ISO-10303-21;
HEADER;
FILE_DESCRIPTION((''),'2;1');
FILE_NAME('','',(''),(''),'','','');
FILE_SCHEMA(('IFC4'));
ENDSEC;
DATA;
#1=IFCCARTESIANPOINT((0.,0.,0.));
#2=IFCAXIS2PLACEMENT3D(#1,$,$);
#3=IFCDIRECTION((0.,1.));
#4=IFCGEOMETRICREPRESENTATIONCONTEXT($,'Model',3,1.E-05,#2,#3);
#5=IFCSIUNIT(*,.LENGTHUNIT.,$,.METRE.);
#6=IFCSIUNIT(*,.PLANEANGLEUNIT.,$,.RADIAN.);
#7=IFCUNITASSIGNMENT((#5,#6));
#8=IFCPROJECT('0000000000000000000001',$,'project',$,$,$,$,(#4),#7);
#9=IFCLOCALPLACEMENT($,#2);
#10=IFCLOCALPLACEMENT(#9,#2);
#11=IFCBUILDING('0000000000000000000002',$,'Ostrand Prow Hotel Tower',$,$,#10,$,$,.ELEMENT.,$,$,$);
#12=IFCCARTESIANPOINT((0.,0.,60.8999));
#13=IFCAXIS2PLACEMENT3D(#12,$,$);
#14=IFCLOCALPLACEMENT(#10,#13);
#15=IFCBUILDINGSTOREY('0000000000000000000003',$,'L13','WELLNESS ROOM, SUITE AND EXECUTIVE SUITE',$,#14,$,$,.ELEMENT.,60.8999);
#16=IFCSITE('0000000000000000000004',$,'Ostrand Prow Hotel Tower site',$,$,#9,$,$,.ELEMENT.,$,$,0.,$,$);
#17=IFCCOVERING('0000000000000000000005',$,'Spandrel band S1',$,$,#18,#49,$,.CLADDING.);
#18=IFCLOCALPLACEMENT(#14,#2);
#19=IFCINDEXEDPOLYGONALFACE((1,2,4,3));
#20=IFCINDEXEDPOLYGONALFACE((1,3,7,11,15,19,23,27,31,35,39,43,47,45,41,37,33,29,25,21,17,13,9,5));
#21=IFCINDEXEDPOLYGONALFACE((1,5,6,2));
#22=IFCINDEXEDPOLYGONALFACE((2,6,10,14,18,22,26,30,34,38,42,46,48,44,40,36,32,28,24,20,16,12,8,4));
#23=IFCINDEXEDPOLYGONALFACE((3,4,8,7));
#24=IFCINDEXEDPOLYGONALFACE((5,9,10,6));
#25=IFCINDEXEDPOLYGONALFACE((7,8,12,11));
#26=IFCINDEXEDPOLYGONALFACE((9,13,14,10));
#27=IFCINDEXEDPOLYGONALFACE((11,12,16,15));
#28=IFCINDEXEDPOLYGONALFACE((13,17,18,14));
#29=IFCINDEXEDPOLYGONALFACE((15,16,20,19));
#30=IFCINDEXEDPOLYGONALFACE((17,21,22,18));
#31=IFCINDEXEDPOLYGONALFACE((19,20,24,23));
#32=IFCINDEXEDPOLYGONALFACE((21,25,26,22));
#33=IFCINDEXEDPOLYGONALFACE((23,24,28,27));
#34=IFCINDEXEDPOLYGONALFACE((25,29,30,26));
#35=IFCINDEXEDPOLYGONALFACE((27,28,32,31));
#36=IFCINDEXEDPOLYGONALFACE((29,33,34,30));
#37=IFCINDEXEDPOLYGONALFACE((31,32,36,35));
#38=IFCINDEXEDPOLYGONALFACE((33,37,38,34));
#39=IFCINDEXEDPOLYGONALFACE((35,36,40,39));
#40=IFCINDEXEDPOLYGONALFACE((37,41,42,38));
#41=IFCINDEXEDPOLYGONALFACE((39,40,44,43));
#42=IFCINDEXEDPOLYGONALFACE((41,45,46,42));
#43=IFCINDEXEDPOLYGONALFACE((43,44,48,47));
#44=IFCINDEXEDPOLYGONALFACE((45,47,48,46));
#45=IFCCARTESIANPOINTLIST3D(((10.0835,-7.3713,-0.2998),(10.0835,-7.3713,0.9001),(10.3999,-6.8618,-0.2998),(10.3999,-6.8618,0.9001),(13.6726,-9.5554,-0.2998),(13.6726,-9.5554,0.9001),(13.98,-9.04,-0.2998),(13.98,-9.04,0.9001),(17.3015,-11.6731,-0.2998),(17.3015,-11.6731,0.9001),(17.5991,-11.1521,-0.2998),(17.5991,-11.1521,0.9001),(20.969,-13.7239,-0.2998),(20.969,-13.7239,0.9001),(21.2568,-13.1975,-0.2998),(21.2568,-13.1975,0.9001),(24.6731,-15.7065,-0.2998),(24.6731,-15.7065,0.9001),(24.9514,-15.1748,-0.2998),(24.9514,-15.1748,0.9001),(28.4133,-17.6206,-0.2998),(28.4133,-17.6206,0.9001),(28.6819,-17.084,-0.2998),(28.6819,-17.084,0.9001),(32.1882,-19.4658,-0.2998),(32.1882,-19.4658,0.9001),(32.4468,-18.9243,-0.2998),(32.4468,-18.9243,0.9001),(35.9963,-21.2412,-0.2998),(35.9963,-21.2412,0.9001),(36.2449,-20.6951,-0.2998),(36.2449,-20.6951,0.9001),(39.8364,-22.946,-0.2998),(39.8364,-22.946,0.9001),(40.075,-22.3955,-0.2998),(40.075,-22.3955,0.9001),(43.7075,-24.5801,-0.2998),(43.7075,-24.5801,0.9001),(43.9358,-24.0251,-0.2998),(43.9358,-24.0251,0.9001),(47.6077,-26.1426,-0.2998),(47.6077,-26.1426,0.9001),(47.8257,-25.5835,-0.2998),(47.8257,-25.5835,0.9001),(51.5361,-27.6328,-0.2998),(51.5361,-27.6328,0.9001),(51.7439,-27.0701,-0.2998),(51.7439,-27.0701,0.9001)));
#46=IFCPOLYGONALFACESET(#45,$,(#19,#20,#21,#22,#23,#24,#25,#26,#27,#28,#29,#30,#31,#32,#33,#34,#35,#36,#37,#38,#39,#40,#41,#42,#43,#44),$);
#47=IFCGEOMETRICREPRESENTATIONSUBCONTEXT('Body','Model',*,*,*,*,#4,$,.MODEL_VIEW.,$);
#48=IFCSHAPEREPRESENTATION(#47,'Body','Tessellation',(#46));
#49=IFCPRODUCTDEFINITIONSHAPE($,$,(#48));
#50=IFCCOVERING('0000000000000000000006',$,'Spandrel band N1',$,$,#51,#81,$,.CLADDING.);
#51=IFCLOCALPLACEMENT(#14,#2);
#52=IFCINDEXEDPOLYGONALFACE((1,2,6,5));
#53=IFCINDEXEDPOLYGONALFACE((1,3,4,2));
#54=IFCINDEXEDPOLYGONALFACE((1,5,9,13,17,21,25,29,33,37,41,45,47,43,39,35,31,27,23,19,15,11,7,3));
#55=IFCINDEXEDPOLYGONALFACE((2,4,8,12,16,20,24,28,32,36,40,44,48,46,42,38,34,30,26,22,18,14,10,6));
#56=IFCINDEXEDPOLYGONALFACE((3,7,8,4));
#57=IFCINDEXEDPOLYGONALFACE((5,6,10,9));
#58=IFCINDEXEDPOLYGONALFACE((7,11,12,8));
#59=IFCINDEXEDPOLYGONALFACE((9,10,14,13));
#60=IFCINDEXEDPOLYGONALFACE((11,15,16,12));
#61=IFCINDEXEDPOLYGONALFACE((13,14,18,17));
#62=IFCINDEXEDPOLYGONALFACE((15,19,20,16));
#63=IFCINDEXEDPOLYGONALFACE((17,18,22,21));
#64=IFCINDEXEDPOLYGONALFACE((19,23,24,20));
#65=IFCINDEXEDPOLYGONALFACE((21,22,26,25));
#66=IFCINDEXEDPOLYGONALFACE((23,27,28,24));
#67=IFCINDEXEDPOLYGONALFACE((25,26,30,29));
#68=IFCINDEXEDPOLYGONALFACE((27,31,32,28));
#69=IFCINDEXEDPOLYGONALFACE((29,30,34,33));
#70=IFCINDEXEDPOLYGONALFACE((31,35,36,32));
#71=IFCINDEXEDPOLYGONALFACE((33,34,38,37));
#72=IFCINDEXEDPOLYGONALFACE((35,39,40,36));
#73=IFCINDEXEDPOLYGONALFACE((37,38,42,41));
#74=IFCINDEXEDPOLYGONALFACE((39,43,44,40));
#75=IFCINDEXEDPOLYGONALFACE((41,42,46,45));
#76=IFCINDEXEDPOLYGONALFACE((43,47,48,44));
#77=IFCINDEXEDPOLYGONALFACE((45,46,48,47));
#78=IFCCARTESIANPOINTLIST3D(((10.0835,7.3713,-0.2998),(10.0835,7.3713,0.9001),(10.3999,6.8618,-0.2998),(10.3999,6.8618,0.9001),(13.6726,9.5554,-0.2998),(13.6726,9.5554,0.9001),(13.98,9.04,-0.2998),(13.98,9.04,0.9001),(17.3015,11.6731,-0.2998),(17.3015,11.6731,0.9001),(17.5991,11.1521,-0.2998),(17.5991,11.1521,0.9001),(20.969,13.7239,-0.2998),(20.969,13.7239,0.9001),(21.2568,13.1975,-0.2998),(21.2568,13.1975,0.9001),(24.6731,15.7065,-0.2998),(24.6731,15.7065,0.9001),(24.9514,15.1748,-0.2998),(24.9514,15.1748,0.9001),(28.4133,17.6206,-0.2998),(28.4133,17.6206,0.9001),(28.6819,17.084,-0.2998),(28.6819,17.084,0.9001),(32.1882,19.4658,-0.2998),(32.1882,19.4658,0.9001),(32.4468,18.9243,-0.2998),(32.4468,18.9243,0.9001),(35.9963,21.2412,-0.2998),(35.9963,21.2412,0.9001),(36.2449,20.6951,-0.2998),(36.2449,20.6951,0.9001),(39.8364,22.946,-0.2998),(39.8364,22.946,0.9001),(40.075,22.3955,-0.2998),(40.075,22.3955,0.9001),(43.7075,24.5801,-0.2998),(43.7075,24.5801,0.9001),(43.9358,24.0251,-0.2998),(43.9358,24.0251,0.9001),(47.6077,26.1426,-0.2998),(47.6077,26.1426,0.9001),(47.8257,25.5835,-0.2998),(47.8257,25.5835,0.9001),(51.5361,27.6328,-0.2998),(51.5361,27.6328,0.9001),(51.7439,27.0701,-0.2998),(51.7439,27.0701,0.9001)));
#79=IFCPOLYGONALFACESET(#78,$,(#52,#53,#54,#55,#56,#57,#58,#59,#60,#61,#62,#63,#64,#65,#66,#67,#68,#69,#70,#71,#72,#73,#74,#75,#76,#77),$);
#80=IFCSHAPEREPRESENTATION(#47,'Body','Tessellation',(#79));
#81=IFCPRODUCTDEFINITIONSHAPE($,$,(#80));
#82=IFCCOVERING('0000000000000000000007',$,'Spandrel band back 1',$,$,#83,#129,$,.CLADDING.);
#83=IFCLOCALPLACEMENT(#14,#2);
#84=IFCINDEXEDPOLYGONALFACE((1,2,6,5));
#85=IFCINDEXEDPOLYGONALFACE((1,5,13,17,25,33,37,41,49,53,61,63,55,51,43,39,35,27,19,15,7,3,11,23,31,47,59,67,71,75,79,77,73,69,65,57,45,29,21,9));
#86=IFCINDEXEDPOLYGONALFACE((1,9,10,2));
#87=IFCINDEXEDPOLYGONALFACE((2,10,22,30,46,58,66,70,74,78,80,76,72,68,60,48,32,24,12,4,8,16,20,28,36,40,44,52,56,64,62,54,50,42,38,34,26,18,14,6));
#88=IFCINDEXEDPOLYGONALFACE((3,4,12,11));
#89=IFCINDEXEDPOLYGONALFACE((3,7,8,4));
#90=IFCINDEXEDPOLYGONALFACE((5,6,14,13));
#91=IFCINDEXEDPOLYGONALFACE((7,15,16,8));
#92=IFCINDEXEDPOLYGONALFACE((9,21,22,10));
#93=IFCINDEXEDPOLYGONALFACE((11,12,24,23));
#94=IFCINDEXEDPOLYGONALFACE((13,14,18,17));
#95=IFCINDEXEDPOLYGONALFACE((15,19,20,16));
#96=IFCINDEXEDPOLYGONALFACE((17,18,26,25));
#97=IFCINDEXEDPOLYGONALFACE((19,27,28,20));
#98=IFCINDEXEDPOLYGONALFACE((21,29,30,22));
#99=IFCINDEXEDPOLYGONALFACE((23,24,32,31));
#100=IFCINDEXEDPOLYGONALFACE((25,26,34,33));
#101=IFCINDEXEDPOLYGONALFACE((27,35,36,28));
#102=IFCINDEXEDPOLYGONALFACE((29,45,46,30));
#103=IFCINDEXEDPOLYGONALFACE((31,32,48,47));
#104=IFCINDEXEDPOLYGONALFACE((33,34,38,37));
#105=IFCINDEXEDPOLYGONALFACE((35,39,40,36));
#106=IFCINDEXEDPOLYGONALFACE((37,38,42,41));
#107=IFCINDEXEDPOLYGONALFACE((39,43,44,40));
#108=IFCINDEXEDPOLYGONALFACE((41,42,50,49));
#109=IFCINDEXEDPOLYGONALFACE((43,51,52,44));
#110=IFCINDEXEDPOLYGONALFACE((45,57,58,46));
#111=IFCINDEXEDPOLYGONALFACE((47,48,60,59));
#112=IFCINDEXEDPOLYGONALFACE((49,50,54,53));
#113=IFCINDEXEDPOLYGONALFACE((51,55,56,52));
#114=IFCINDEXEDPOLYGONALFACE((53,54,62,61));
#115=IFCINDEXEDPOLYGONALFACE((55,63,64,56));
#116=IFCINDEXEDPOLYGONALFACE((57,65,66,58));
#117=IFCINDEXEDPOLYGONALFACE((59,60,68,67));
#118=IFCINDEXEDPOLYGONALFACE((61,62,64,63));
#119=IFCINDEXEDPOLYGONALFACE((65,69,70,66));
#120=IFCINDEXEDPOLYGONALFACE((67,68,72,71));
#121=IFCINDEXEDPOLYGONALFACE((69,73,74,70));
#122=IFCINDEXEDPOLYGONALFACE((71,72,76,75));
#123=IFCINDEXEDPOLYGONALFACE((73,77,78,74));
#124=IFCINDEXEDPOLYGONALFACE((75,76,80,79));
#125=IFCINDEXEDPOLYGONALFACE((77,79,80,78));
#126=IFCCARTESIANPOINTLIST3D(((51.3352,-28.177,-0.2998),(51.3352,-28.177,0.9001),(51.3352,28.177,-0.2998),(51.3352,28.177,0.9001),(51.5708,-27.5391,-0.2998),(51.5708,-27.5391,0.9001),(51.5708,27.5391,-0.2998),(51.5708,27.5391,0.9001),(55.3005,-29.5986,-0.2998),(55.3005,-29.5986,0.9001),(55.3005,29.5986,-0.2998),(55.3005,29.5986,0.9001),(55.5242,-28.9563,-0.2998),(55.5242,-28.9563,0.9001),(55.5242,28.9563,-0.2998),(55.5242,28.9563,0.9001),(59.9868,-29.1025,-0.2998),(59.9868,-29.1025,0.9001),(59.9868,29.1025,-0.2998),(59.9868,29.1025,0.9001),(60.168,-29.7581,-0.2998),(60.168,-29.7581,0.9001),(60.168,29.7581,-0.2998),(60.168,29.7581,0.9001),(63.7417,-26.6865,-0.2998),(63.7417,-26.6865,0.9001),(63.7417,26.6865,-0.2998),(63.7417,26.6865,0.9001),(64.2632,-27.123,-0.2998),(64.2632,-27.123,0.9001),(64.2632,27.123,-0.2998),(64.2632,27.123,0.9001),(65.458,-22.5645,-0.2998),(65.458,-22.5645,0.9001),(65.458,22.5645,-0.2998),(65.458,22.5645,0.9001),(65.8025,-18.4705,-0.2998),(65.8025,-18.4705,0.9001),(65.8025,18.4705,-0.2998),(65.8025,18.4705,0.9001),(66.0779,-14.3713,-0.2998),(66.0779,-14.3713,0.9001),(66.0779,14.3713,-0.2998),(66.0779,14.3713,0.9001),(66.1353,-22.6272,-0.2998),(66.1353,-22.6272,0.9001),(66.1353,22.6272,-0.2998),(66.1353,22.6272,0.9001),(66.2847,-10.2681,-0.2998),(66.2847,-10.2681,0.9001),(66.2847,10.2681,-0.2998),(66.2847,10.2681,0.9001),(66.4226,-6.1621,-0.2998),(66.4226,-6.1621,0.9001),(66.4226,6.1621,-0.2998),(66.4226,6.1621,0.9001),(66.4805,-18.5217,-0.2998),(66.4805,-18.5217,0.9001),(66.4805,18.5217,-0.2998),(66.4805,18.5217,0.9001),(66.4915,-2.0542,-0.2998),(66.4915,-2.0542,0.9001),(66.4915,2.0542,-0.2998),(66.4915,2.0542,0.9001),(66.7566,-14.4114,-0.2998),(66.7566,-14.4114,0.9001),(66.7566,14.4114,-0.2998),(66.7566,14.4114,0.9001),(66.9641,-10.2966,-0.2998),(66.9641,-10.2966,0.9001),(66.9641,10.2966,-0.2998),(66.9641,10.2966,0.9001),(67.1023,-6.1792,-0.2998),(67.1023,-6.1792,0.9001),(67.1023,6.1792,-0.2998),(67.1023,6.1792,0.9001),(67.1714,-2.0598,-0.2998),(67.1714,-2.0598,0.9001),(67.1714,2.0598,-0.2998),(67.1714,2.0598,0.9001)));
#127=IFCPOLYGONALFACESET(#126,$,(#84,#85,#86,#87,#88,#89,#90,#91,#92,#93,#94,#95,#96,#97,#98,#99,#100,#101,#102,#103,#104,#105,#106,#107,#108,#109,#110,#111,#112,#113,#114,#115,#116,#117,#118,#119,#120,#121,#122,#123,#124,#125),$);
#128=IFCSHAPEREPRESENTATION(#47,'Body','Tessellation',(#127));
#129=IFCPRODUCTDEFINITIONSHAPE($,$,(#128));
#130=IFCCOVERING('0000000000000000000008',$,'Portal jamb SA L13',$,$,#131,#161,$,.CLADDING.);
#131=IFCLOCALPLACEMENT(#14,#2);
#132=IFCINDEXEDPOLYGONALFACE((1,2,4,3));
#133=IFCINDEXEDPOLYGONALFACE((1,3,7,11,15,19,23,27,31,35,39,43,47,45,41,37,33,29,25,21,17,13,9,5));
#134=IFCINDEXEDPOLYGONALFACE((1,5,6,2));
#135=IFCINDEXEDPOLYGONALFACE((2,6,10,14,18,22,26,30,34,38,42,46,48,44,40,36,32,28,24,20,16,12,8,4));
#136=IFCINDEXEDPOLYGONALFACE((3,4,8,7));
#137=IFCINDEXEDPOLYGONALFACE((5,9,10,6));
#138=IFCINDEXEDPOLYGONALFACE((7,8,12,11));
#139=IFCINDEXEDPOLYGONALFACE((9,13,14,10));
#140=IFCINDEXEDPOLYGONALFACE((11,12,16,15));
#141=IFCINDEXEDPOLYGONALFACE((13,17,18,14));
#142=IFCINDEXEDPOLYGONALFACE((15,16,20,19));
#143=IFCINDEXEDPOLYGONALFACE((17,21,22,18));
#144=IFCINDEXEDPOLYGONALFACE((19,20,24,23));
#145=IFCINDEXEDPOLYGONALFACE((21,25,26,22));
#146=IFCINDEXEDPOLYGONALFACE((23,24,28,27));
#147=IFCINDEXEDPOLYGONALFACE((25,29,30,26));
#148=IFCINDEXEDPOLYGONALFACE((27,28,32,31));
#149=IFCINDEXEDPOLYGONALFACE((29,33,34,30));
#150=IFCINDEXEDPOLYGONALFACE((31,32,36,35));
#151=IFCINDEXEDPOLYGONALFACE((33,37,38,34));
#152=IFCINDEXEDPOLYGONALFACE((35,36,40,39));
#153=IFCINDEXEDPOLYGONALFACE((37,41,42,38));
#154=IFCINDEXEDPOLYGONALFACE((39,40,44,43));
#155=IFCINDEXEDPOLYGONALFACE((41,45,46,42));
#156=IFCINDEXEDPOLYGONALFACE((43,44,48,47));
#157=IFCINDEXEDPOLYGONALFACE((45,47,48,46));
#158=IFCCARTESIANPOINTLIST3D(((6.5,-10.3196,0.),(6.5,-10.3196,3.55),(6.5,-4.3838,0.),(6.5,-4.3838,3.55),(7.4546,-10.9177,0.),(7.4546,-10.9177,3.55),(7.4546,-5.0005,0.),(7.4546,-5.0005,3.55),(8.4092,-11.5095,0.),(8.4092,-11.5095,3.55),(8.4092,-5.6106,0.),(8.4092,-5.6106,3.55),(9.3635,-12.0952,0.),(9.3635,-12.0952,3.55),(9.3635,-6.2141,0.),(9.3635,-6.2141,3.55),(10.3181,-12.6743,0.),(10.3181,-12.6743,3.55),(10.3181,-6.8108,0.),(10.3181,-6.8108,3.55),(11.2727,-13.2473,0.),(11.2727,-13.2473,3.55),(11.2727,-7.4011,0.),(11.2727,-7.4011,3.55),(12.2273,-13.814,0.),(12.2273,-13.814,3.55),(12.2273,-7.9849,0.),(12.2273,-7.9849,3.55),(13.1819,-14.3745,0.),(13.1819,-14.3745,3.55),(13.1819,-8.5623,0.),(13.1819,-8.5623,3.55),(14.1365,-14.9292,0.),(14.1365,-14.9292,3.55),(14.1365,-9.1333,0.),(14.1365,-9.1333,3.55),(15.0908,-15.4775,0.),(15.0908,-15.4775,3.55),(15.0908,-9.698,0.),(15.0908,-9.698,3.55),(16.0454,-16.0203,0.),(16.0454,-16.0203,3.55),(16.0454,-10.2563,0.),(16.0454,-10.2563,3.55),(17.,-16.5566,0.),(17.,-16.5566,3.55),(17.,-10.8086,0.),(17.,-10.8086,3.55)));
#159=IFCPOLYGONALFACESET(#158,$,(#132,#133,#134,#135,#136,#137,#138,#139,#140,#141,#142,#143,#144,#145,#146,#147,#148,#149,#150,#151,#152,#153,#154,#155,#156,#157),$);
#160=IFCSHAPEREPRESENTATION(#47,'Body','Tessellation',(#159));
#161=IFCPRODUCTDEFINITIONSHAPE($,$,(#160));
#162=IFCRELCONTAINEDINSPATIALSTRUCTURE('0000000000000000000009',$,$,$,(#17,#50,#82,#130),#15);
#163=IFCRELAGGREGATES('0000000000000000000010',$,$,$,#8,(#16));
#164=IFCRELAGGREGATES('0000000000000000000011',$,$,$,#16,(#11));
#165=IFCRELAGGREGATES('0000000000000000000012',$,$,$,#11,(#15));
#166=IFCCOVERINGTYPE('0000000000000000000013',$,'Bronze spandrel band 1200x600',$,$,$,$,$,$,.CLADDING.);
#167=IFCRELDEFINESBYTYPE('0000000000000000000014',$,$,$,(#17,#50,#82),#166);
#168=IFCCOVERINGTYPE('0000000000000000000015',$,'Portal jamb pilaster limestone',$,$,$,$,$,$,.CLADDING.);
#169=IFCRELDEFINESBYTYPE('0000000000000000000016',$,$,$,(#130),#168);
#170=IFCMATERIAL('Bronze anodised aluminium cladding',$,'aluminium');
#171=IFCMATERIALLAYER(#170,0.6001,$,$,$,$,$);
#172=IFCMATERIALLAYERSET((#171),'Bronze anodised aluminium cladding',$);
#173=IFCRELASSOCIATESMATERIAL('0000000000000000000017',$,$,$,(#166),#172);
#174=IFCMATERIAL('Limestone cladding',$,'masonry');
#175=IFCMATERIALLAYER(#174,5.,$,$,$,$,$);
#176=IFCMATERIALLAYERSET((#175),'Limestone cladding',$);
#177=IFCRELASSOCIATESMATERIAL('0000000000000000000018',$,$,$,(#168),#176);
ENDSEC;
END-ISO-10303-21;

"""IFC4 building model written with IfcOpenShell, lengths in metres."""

from ifc_helpers import new_model, si_unit, direction, frame, origin, place, context, subcontext, project, spatial, polyline, outline, extrude, material, layer, layer_set, type_object, element, save


model = new_model("IFC4")

# Units and contexts
model_context = context("Model", 3, precision=1e-05, world=origin(), true_north=direction((0.0, 1.0)))
body_context = subcontext(model_context, "Body", "Model", "MODEL_VIEW")
ifc_project = project(units=[si_unit("LENGTHUNIT", "METRE"), si_unit("PLANEANGLEUNIT", "RADIAN")], contexts=[model_context])

# Site, building, storey
site_placement = place(None, origin())
site = spatial("IfcSite", under=ifc_project, at=site_placement, Name="Ostrand Prow Hotel Tower site", CompositionType="ELEMENT", RefElevation=0.0)
building_placement = place(site_placement, origin())
building = spatial("IfcBuilding", under=site, at=building_placement, Name="Ostrand Prow Hotel Tower", CompositionType="ELEMENT")
storey_placement = place(building_placement, frame((0.0, 0.0, 60.8999)))
storey = spatial("IfcBuildingStorey", under=building, at=storey_placement, Name="L13", Description="WELLNESS ROOM, SUITE AND EXECUTIVE SUITE", CompositionType="ELEMENT", Elevation=60.8999)

# Coverings
ifc_material_1 = material(Name="Bronze anodised aluminium cladding", Category="aluminium")
ifc_layer_1 = layer(ifc_material_1, 0.6001)
ifc_layer_set_1 = layer_set([ifc_layer_1], Name="Bronze anodised aluminium cladding")
covering_type_1 = type_object("IfcCoveringType", Name="Bronze spandrel band 1200x600", PredefinedType="CLADDING", material=ifc_layer_set_1)
covering_1_placement = place(storey_placement, frame((0.0, 0.0, -0.2998)))
element("IfcCovering", 1, at=covering_1_placement, inside=storey, type_object=covering_type_1, Name="Spandrel band S1", PredefinedType="CLADDING", context=body_context, shape_type="SweptSolid", body=[
    extrude(outline(polyline([(10.0835, -7.3713), (13.6726, -9.5554), (17.3015, -11.6731), (20.969, -13.7239), (24.6731, -15.7065), (28.4133, -17.6206), (32.1882, -19.4658), (35.9963, -21.2412), (39.8364, -22.946), (43.7075, -24.5801), (47.6077, -26.1426), (51.5361, -27.6328), (51.7439, -27.0701), (47.8257, -25.5835), (43.9358, -24.0251), (40.075, -22.3955), (36.2449, -20.6951), (32.4468, -18.9243), (28.6819, -17.084), (24.9514, -15.1748), (21.2568, -13.1975), (17.5991, -11.1521), (13.98, -9.04), (10.3999, -6.8618), (10.0835, -7.3713)])), origin(), (0.0, 0.0, 1.0), 1.2),
])
covering_2_placement = place(storey_placement, frame((0.0, 0.0, -0.2998)))
element("IfcCovering", 2, at=covering_2_placement, inside=storey, type_object=covering_type_1, Name="Spandrel band N1", PredefinedType="CLADDING", context=body_context, shape_type="SweptSolid", body=[
    extrude(outline(polyline([(51.5361, 27.6328), (47.6077, 26.1426), (43.7075, 24.5801), (39.8364, 22.946), (35.9963, 21.2412), (32.1882, 19.4658), (28.4133, 17.6206), (24.6731, 15.7065), (20.969, 13.7239), (17.3015, 11.6731), (13.6726, 9.5554), (10.0835, 7.3713), (10.3999, 6.8618), (13.98, 9.04), (17.5991, 11.1521), (21.2568, 13.1975), (24.9514, 15.1748), (28.6819, 17.084), (32.4468, 18.9243), (36.2449, 20.6951), (40.075, 22.3955), (43.9358, 24.0251), (47.8257, 25.5835), (51.7439, 27.0701), (51.5361, 27.6328)])), origin(), (0.0, 0.0, 1.0), 1.2),
])
covering_3_placement = place(storey_placement, frame((0.0, 0.0, -0.2998)))
element("IfcCovering", 3, at=covering_3_placement, inside=storey, type_object=covering_type_1, Name="Spandrel band back 1", PredefinedType="CLADDING", context=body_context, shape_type="SweptSolid", body=[
    extrude(outline(polyline([(51.3352, -28.177), (55.3005, -29.5986), (60.168, -29.7581), (64.2632, -27.123), (66.1353, -22.6272), (66.4805, -18.5217), (66.7566, -14.4114), (66.9641, -10.2966), (67.1023, -6.1792), (67.1714, -2.0598), (67.1714, 2.0598), (67.1023, 6.1792), (66.9641, 10.2966), (66.7566, 14.4114), (66.4805, 18.5217), (66.1353, 22.6272), (64.2632, 27.123), (60.168, 29.7581), (55.3005, 29.5986), (51.3352, 28.177), (51.5708, 27.5391), (55.5242, 28.9563), (59.9868, 29.1025), (63.7417, 26.6865), (65.458, 22.5645), (65.8025, 18.4705), (66.0779, 14.3713), (66.2847, 10.2681), (66.4226, 6.1621), (66.4915, 2.0542), (66.4915, -2.0542), (66.4226, -6.1621), (66.2847, -10.2681), (66.0779, -14.3713), (65.8025, -18.4705), (65.458, -22.5645), (63.7417, -26.6865), (59.9868, -29.1025), (55.5242, -28.9563), (51.5708, -27.5391), (51.3352, -28.177)])), origin(), (0.0, 0.0, 1.0), 1.2),
])
ifc_material_2 = material(Name="Limestone cladding", Category="masonry")
ifc_layer_2 = layer(ifc_material_2, 5.0)
ifc_layer_set_2 = layer_set([ifc_layer_2], Name="Limestone cladding")
covering_type_2 = type_object("IfcCoveringType", Name="Portal jamb pilaster limestone", PredefinedType="CLADDING", material=ifc_layer_set_2)
covering_4_placement = place(storey_placement, origin())
element("IfcCovering", 4, at=covering_4_placement, inside=storey, type_object=covering_type_2, Name="Portal jamb SA L13", PredefinedType="CLADDING", context=body_context, shape_type="SweptSolid", body=[
    extrude(outline(polyline([(6.5, -4.3838), (6.5, -10.3196), (7.4546, -10.9177), (8.4092, -11.5095), (9.3635, -12.0952), (10.3181, -12.6743), (11.2727, -13.2473), (12.2273, -13.814), (13.1819, -14.3745), (14.1365, -14.9292), (15.0908, -15.4775), (16.0454, -16.0203), (17.0, -16.5566), (17.0, -10.8086), (16.0454, -10.2563), (15.0908, -9.698), (14.1365, -9.1333), (13.1819, -8.5623), (12.2273, -7.9849), (11.2727, -7.4011), (10.3181, -6.8108), (9.3635, -6.2141), (8.4092, -5.6106), (7.4546, -5.0005), (6.5, -4.3838)])), origin(), (0.0, 0.0, 1.0), 3.55),
])

save(model, "model.ifc")
